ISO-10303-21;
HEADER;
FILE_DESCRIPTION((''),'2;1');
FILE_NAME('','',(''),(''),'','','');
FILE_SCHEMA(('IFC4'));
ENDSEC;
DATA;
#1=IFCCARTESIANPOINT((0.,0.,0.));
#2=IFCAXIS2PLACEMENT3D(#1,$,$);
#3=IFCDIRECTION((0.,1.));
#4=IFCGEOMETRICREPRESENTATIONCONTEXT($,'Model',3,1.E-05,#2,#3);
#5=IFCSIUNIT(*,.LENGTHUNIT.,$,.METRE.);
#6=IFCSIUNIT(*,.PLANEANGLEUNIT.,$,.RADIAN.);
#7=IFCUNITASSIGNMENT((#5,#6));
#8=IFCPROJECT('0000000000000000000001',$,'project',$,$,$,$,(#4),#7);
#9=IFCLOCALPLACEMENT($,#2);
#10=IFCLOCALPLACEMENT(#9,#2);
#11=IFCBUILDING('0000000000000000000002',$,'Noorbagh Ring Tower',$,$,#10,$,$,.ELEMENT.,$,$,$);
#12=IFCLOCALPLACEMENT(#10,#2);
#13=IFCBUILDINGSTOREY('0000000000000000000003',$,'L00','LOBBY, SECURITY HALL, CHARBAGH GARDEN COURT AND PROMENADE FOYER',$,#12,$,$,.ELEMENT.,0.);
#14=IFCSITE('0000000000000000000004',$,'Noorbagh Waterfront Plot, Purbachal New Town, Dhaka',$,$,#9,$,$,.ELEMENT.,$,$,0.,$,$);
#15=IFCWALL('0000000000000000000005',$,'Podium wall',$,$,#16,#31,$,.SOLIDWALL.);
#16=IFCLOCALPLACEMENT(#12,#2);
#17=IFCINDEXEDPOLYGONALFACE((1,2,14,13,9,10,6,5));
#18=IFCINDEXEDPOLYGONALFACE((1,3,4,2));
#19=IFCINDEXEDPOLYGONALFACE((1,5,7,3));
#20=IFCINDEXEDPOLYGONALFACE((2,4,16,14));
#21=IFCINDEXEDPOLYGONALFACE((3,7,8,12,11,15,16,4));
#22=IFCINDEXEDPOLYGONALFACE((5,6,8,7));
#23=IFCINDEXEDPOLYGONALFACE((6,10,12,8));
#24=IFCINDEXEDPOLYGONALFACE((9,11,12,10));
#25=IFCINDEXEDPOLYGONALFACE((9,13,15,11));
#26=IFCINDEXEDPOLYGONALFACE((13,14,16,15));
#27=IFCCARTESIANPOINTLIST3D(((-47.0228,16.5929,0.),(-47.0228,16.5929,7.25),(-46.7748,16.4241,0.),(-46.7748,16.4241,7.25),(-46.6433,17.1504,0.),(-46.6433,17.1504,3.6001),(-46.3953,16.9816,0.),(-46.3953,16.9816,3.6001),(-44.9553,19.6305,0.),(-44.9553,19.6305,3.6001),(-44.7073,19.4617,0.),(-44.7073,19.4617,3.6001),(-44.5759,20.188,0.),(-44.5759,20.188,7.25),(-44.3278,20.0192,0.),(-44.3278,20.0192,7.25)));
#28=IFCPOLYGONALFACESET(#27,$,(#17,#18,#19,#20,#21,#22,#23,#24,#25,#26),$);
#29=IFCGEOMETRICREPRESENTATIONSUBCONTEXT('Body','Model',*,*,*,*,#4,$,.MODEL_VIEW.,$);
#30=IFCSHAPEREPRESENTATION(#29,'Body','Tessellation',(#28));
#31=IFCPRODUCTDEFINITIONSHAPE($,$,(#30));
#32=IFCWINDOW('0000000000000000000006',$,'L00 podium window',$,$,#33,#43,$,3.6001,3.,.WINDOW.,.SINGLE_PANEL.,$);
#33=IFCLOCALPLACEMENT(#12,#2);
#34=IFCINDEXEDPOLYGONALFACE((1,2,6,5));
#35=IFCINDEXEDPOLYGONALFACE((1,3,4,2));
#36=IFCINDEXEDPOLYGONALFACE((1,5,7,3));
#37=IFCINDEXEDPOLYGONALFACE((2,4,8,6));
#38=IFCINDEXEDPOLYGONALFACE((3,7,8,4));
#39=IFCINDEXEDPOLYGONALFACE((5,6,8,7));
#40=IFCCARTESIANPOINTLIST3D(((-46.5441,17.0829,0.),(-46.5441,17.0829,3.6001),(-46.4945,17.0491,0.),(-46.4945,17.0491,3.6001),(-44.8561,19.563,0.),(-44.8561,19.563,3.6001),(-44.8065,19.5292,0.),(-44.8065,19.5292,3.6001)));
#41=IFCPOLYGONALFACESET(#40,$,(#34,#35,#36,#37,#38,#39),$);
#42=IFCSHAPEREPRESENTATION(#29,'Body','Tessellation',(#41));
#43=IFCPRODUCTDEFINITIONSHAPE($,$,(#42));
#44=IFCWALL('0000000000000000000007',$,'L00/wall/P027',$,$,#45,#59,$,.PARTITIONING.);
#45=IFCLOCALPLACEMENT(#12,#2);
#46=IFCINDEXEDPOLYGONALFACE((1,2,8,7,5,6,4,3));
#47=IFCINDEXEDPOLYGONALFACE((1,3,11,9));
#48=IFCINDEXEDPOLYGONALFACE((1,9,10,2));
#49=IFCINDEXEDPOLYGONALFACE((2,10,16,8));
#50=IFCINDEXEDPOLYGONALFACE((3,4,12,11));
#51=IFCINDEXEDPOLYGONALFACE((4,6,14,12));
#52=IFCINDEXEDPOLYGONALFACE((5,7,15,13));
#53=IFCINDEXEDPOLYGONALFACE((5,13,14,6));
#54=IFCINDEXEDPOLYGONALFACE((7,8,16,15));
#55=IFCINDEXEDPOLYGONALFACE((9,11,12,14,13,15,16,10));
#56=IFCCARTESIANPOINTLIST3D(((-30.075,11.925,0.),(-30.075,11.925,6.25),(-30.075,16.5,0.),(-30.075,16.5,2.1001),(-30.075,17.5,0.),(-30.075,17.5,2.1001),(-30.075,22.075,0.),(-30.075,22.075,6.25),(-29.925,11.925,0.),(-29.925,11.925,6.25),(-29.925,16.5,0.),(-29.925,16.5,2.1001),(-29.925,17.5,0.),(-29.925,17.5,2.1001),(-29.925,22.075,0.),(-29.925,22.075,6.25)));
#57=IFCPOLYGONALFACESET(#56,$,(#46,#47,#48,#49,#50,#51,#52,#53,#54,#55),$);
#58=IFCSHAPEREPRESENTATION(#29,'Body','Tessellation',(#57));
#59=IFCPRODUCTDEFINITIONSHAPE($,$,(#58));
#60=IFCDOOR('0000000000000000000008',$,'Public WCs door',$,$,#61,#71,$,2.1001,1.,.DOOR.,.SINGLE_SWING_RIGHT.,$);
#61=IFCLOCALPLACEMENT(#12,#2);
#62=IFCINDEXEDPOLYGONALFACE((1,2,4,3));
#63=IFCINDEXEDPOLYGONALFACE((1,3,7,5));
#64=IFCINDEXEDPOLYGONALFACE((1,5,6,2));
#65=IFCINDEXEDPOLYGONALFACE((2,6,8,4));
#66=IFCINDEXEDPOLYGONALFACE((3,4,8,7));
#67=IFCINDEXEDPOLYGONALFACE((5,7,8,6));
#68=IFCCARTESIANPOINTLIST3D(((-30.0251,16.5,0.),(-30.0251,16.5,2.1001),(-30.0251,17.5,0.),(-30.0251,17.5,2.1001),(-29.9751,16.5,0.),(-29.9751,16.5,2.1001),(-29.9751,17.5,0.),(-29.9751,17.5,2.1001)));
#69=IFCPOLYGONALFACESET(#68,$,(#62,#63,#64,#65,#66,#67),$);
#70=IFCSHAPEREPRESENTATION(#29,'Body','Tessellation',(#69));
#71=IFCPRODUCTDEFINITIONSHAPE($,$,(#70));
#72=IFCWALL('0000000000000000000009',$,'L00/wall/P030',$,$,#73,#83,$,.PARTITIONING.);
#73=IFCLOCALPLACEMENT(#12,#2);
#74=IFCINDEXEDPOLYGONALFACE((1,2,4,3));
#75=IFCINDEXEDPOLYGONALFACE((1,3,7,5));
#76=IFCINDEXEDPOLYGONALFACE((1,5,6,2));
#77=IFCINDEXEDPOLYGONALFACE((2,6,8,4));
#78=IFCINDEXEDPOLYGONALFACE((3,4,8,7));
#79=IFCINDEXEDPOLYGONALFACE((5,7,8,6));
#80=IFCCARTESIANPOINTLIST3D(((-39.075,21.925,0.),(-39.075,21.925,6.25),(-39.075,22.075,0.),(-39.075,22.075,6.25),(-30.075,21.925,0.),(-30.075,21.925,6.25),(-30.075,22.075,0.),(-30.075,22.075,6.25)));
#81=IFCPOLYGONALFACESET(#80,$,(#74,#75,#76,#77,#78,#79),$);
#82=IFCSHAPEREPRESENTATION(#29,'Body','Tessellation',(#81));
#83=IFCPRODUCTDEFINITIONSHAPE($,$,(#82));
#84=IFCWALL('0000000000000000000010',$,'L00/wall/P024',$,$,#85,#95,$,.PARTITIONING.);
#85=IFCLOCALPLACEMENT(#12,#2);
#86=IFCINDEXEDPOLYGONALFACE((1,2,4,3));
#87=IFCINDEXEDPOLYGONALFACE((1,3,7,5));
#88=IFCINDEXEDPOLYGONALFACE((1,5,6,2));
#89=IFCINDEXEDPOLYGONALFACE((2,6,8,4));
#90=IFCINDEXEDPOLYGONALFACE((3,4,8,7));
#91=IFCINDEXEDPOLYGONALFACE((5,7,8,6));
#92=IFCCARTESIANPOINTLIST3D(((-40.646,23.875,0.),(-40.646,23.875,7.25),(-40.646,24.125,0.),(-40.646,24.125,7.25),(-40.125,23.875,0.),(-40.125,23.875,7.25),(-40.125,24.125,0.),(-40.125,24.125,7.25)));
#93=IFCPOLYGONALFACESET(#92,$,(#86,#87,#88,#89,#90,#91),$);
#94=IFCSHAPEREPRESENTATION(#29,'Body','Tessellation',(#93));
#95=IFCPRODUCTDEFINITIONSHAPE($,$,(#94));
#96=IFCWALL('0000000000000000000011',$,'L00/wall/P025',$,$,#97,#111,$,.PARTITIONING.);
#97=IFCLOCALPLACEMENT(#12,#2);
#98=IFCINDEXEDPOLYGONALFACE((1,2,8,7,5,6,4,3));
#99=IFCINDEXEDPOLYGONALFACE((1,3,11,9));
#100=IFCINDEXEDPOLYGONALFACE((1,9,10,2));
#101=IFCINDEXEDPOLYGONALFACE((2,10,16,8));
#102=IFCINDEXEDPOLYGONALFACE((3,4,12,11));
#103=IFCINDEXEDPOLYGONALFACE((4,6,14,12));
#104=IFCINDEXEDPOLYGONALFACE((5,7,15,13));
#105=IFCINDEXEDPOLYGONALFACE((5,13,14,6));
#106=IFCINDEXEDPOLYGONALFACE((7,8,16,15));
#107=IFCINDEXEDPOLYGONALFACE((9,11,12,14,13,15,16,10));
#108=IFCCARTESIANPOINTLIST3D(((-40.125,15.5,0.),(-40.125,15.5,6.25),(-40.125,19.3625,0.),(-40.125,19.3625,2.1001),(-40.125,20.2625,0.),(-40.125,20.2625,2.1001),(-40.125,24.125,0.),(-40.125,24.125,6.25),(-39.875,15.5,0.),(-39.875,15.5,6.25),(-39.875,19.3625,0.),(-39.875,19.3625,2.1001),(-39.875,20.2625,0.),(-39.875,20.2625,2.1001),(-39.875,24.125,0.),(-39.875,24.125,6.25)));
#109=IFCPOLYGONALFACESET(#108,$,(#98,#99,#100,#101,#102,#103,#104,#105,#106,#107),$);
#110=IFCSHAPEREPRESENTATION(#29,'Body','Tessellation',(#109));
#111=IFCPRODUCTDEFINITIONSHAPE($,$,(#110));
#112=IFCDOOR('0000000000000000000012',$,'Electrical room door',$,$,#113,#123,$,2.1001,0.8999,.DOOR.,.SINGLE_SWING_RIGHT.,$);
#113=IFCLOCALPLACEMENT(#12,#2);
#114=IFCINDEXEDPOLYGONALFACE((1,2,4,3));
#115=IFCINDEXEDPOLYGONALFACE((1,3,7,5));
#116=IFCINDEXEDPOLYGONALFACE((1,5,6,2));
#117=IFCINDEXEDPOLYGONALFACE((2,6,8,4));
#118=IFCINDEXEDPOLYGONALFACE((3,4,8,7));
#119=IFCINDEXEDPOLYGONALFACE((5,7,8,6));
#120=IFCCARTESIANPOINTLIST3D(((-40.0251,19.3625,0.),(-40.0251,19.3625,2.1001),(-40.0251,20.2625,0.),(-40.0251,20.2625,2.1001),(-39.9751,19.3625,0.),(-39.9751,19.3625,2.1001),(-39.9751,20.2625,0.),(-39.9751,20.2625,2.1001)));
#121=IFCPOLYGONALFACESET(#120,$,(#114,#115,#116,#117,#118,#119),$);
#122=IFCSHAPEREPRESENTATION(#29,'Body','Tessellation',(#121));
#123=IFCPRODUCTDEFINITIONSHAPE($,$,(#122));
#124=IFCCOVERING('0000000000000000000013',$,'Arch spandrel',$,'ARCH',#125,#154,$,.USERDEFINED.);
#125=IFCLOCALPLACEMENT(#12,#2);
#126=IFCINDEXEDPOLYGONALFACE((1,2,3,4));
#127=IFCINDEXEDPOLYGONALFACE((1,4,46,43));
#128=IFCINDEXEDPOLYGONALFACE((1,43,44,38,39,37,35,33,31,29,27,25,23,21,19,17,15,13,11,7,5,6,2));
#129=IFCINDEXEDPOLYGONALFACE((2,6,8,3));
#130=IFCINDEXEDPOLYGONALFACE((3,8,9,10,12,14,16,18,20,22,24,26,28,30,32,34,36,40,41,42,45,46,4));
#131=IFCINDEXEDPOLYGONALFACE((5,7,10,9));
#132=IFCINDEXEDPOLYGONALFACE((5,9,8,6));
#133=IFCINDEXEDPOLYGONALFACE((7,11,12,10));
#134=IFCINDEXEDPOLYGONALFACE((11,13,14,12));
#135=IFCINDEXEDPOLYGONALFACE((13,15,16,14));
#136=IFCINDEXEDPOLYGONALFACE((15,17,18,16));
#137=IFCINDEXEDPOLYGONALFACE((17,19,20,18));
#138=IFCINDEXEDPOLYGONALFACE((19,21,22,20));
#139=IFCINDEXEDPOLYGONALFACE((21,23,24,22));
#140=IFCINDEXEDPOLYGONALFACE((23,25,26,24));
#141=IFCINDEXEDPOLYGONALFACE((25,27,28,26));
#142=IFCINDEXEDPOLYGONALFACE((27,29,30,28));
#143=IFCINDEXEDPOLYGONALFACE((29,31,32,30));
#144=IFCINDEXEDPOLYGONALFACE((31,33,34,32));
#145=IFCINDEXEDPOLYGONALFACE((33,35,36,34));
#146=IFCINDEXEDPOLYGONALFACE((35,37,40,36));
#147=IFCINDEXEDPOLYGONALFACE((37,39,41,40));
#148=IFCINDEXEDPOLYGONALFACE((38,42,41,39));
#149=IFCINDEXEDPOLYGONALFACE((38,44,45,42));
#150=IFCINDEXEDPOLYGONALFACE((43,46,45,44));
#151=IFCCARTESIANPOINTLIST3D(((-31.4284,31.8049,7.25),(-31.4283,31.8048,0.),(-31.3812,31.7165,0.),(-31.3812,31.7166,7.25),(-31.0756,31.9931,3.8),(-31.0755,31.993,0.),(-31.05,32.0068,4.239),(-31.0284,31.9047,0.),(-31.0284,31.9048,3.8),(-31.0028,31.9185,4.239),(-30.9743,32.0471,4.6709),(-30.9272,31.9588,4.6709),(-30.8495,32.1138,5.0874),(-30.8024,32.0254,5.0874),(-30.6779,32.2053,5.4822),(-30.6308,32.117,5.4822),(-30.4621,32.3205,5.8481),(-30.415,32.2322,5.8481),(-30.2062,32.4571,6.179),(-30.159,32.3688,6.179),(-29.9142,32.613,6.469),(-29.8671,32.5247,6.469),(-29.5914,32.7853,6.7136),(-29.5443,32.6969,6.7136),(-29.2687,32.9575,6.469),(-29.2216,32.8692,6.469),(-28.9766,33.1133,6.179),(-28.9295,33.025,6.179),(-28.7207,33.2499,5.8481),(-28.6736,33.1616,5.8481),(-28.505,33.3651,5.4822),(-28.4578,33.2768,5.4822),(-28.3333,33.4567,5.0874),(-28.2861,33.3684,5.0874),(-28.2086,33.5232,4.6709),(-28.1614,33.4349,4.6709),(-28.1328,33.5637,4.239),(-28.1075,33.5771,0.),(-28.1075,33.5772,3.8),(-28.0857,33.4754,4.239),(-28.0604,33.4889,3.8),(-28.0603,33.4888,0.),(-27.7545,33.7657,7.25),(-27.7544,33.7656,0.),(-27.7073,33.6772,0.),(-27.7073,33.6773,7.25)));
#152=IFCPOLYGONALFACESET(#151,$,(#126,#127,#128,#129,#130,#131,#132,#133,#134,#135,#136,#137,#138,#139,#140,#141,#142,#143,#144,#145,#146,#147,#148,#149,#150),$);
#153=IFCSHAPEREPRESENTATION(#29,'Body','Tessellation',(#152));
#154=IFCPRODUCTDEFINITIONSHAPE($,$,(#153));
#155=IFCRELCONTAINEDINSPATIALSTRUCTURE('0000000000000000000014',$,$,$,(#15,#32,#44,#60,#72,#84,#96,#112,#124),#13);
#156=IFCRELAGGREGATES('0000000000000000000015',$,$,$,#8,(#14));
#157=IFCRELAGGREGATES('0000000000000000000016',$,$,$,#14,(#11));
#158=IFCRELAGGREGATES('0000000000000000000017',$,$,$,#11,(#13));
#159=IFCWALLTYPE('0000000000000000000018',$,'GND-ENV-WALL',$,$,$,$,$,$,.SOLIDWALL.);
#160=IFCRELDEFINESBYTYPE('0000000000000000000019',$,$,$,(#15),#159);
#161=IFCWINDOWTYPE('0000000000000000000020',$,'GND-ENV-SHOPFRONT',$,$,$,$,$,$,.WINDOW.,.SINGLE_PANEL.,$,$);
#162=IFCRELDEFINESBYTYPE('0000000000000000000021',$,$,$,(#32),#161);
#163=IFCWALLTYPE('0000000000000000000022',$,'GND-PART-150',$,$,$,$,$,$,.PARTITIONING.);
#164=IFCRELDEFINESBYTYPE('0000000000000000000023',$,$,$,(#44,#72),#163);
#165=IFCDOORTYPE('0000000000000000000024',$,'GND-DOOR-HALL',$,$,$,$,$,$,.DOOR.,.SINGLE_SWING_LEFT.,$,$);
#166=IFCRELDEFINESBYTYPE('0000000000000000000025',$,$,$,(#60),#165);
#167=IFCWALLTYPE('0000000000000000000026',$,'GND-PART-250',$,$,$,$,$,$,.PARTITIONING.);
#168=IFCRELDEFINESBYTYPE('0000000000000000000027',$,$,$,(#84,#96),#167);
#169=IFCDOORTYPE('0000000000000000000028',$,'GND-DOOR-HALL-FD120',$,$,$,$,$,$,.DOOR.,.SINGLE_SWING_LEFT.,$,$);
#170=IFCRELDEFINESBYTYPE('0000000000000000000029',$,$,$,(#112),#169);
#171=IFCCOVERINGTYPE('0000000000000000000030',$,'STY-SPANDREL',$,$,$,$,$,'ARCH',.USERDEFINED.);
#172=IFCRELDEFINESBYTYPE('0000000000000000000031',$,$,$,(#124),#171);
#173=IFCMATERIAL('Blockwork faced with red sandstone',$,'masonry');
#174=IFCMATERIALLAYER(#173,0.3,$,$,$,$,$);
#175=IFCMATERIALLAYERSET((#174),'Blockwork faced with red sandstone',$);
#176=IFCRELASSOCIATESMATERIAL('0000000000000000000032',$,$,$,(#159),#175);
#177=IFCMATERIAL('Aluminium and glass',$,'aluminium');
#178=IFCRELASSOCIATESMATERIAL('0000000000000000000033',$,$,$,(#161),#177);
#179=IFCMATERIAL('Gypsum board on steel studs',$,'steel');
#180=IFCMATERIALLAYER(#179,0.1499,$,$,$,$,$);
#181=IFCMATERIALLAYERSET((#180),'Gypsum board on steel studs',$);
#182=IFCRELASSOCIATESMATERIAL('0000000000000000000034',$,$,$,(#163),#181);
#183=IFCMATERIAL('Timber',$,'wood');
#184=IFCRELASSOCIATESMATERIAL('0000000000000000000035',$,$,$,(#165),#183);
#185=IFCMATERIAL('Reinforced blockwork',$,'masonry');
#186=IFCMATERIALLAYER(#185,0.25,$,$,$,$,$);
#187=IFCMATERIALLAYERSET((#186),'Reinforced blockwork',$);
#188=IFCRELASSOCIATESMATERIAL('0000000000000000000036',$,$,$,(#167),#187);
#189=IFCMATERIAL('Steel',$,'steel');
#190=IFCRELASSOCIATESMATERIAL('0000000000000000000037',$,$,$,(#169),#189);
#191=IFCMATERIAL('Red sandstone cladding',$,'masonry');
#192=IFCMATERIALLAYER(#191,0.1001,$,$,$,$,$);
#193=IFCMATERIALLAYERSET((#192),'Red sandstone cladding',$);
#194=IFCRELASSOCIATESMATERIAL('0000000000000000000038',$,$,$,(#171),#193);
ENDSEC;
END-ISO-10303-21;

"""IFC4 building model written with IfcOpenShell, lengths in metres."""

from ifc_helpers import new_model, si_unit, direction, frame, frame_2d, origin, place, context, subcontext, project, spatial, polyline, rectangle, outline, extrude, material, layer, layer_set, type_object, element, fill, save


model = new_model("IFC4")

# Units and contexts
model_context = context("Model", 3, precision=1e-05, world=origin(), true_north=direction((0.0, 1.0)))
body_context = subcontext(model_context, "Body", "Model", "MODEL_VIEW")
ifc_project = project(units=[si_unit("LENGTHUNIT", "METRE"), si_unit("PLANEANGLEUNIT", "RADIAN")], contexts=[model_context])

# Site, building, storey
site_placement = place(None, origin())
site = spatial("IfcSite", under=ifc_project, at=site_placement, Name="Noorbagh Waterfront Plot, Purbachal New Town, Dhaka", CompositionType="ELEMENT", RefElevation=0.0)
building_placement = place(site_placement, origin())
building = spatial("IfcBuilding", under=site, at=building_placement, Name="Noorbagh Ring Tower", CompositionType="ELEMENT")
storey_placement = place(building_placement, origin())
storey = spatial("IfcBuildingStorey", under=building, at=storey_placement, Name="L00", Description="LOBBY, SECURITY HALL, CHARBAGH GARDEN COURT AND PROMENADE FOYER", CompositionType="ELEMENT", Elevation=0.0)

# Shared definitions
ifc_material_1 = material(Name="Blockwork faced with red sandstone", Category="masonry")
ifc_layer_1 = layer(ifc_material_1, 0.3)
ifc_layer_set_1 = layer_set([ifc_layer_1], Name="Blockwork faced with red sandstone")
wall_type_1 = type_object("IfcWallType", Name="GND-ENV-WALL", PredefinedType="SOLIDWALL", material=ifc_layer_set_1)

# Shared definitions
ifc_material_2 = material(Name="Aluminium and glass", Category="aluminium")
window_type = type_object("IfcWindowType", Name="GND-ENV-SHOPFRONT", PartitioningType="SINGLE_PANEL", PredefinedType="WINDOW", material=ifc_material_2)

# Wall, opening, window
wall_1_placement = place(storey_placement, frame((-44.4519, 20.1035, 0.0), z_axis=(0.0, 0.0, 1.0), x_axis=(-0.562668, -0.826683, 0.0)))
wall_1 = element("IfcWall", 1, at=wall_1_placement, inside=storey, type_object=wall_type_1, Name="Podium wall", PredefinedType="SOLIDWALL", context=body_context, shape_type="SweptSolid", body=[
    extrude(rectangle(XDim=4.3489, YDim=0.3, at=frame_2d((2.1743, 0.0))), origin(), (0.0, 0.0, 1.0), 7.25),
])
opening_1_placement = place(wall_1_placement, frame((0.6743, 0.0, 0.0)))
opening_1 = element("IfcOpeningElement", 2, at=opening_1_placement, cuts=wall_1, PredefinedType="OPENING", context=body_context, shape_type="SweptSolid", body=[
    extrude(rectangle(XDim=3.0, YDim=3.6001, at=frame_2d((1.5, 1.8))), frame((0.0, 0.1602, 0.0), z_axis=(0.0, -1.0, 0.0), x_axis=(1.0, 0.0, 0.0)), (0.0, 0.0, 1.0), 0.3201),
])
window_1_placement = place(opening_1_placement, origin())
window_1 = element("IfcWindow", 3, at=window_1_placement, inside=storey, type_object=window_type, Name="L00 podium window", OverallHeight=3.6001, OverallWidth=3.0, PartitioningType="SINGLE_PANEL", PredefinedType="WINDOW", context=body_context, shape_type="SweptSolid", body=[
    extrude(rectangle(XDim=3.0, YDim=3.6001, at=frame_2d((1.5, 1.8))), frame((0.0, 0.03, 0.0), z_axis=(0.0, -1.0, 0.0), x_axis=(1.0, 0.0, 0.0)), (0.0, 0.0, 1.0), 0.0601),
])
fill(opening_1, window_1)

# Wall, opening, door
ifc_material_3 = material(Name="Gypsum board on steel studs", Category="steel")
ifc_layer_2 = layer(ifc_material_3, 0.1499)
ifc_layer_set_2 = layer_set([ifc_layer_2], Name="Gypsum board on steel studs")
wall_type_2 = type_object("IfcWallType", Name="GND-PART-150", PredefinedType="PARTITIONING", material=ifc_layer_set_2)
wall_2_placement = place(storey_placement, frame((-30.0, 22.075, 0.0), z_axis=(0.0, 0.0, 1.0), x_axis=(0.0, -1.0, 0.0)))
wall_2 = element("IfcWall", 4, at=wall_2_placement, inside=storey, type_object=wall_type_2, Name="L00/wall/P027", PredefinedType="PARTITIONING", context=body_context, shape_type="SweptSolid", body=[
    extrude(rectangle(XDim=10.1499, YDim=0.1499, at=frame_2d((5.075, 0.0))), origin(), (0.0, 0.0, 1.0), 6.25),
])
opening_2_placement = place(wall_2_placement, frame((4.575, 0.0, 0.0)))
opening_2 = element("IfcOpeningElement", 5, at=opening_2_placement, cuts=wall_2, PredefinedType="OPENING", context=body_context, shape_type="SweptSolid", body=[
    extrude(rectangle(XDim=1.0, YDim=2.1001, at=frame_2d((0.5, 1.05))), frame((0.0, 0.085, 0.0), z_axis=(0.0, -1.0, 0.0), x_axis=(1.0, 0.0, 0.0)), (0.0, 0.0, 1.0), 0.1699),
])
ifc_material_4 = material(Name="Timber", Category="wood")
door_type_1 = type_object("IfcDoorType", Name="GND-DOOR-HALL", OperationType="SINGLE_SWING_LEFT", PredefinedType="DOOR", material=ifc_material_4)
door_1_placement = place(opening_2_placement, origin())
door_1 = element("IfcDoor", 6, at=door_1_placement, inside=storey, type_object=door_type_1, Name="Public WCs door", OperationType="SINGLE_SWING_RIGHT", OverallHeight=2.1001, OverallWidth=1.0, PredefinedType="DOOR", context=body_context, shape_type="SweptSolid", body=[
    extrude(rectangle(XDim=1.0, YDim=2.1001, at=frame_2d((0.5, 1.05))), frame((0.0, 0.0249, 0.0), z_axis=(0.0, -1.0, 0.0), x_axis=(1.0, 0.0, 0.0)), (0.0, 0.0, 1.0), 0.05),
])
fill(opening_2, door_1)

# Walls
wall_3_placement = place(storey_placement, frame((-39.075, 22.0, 0.0), z_axis=(0.0, 0.0, 1.0), x_axis=(1.0, 0.0, 0.0)))
element("IfcWall", 7, at=wall_3_placement, inside=storey, type_object=wall_type_2, Name="L00/wall/P030", PredefinedType="PARTITIONING", context=body_context, shape_type="SweptSolid", body=[
    extrude(rectangle(XDim=9.0, YDim=0.1499, at=frame_2d((4.5, 0.0))), origin(), (0.0, 0.0, 1.0), 6.25),
])
ifc_material_5 = material(Name="Reinforced blockwork", Category="masonry")
ifc_layer_3 = layer(ifc_material_5, 0.25)
ifc_layer_set_3 = layer_set([ifc_layer_3], Name="Reinforced blockwork")
wall_type_3 = type_object("IfcWallType", Name="GND-PART-250", PredefinedType="PARTITIONING", material=ifc_layer_set_3)
wall_4_placement = place(storey_placement, frame((-40.646, 24.0, 0.0), z_axis=(0.0, 0.0, 1.0), x_axis=(1.0, 0.0, 0.0)))
element("IfcWall", 8, at=wall_4_placement, inside=storey, type_object=wall_type_3, Name="L00/wall/P024", PredefinedType="PARTITIONING", context=body_context, shape_type="SweptSolid", body=[
    extrude(rectangle(XDim=0.521, YDim=0.25, at=frame_2d((0.2605, 0.0))), origin(), (0.0, 0.0, 1.0), 7.25),
])

# Wall, opening, door
wall_5_placement = place(storey_placement, frame((-40.0, 24.125, 0.0), z_axis=(0.0, 0.0, 1.0), x_axis=(0.0, -1.0, 0.0)))
wall_5 = element("IfcWall", 9, at=wall_5_placement, inside=storey, type_object=wall_type_3, Name="L00/wall/P025", PredefinedType="PARTITIONING", context=body_context, shape_type="SweptSolid", body=[
    extrude(rectangle(XDim=8.625, YDim=0.25, at=frame_2d((4.3125, 0.0))), origin(), (0.0, 0.0, 1.0), 6.25),
])
opening_3_placement = place(wall_5_placement, frame((3.8625, 0.0, 0.0)))
opening_3 = element("IfcOpeningElement", 10, at=opening_3_placement, cuts=wall_5, PredefinedType="OPENING", context=body_context, shape_type="SweptSolid", body=[
    extrude(rectangle(XDim=0.8999, YDim=2.1001, at=frame_2d((0.45, 1.05))), frame((0.0, 0.135, 0.0), z_axis=(0.0, -1.0, 0.0), x_axis=(1.0, 0.0, 0.0)), (0.0, 0.0, 1.0), 0.27),
])
ifc_material_6 = material(Name="Steel", Category="steel")
door_type_2 = type_object("IfcDoorType", Name="GND-DOOR-HALL-FD120", OperationType="SINGLE_SWING_LEFT", PredefinedType="DOOR", material=ifc_material_6)
door_2_placement = place(opening_3_placement, origin())
door_2 = element("IfcDoor", 11, at=door_2_placement, inside=storey, type_object=door_type_2, Name="Electrical room door", OperationType="SINGLE_SWING_RIGHT", OverallHeight=2.1001, OverallWidth=0.8999, PredefinedType="DOOR", context=body_context, shape_type="SweptSolid", body=[
    extrude(rectangle(XDim=0.8999, YDim=2.1001, at=frame_2d((0.45, 1.05))), frame((0.0, 0.0249, 0.0), z_axis=(0.0, -1.0, 0.0), x_axis=(1.0, 0.0, 0.0)), (0.0, 0.0, 1.0), 0.05),
])
fill(opening_3, door_2)

# Covering
ifc_material_7 = material(Name="Red sandstone cladding", Category="masonry")
ifc_layer_4 = layer(ifc_material_7, 0.1001)
ifc_layer_set_4 = layer_set([ifc_layer_4], Name="Red sandstone cladding")
covering_type = type_object("IfcCoveringType", Name="STY-SPANDREL", ElementType="ARCH", PredefinedType="USERDEFINED", material=ifc_layer_set_4)
covering_1_placement = place(storey_placement, frame((-27.7073, 33.6772, 0.0), z_axis=(0.470845, -0.882216, 0.000016), x_axis=(-0.882216, -0.470845, 0.0)))
element("IfcCovering", 12, at=covering_1_placement, inside=storey, type_object=covering_type, Name="Arch spandrel", ObjectType="ARCH", PredefinedType="USERDEFINED", context=body_context, shape_type="SweptSolid", body=[
    extrude(outline(polyline([(0.0, 0.0), (0.4002, 0.0), (0.4002, -3.8), (0.4289, -4.239), (0.5148, -4.6709), (0.6561, -5.0874), (0.8507, -5.4822), (1.0953, -5.8481), (1.3854, -6.179), (1.7164, -6.469), (2.0822, -6.7136), (2.4481, -6.469), (2.779, -6.179), (3.0691, -5.8481), (3.3138, -5.4822), (3.5083, -5.0874), (3.6498, -4.6709), (3.7355, -4.239), (3.7645, -3.8), (3.7645, 0.0), (4.1644, 0.0), (4.1644, -7.25), (0.0, -7.25), (0.0, 0.0)])), origin(), (0.0, 0.0, -1.0), 0.1001),
])

save(model, "model.ifc")
